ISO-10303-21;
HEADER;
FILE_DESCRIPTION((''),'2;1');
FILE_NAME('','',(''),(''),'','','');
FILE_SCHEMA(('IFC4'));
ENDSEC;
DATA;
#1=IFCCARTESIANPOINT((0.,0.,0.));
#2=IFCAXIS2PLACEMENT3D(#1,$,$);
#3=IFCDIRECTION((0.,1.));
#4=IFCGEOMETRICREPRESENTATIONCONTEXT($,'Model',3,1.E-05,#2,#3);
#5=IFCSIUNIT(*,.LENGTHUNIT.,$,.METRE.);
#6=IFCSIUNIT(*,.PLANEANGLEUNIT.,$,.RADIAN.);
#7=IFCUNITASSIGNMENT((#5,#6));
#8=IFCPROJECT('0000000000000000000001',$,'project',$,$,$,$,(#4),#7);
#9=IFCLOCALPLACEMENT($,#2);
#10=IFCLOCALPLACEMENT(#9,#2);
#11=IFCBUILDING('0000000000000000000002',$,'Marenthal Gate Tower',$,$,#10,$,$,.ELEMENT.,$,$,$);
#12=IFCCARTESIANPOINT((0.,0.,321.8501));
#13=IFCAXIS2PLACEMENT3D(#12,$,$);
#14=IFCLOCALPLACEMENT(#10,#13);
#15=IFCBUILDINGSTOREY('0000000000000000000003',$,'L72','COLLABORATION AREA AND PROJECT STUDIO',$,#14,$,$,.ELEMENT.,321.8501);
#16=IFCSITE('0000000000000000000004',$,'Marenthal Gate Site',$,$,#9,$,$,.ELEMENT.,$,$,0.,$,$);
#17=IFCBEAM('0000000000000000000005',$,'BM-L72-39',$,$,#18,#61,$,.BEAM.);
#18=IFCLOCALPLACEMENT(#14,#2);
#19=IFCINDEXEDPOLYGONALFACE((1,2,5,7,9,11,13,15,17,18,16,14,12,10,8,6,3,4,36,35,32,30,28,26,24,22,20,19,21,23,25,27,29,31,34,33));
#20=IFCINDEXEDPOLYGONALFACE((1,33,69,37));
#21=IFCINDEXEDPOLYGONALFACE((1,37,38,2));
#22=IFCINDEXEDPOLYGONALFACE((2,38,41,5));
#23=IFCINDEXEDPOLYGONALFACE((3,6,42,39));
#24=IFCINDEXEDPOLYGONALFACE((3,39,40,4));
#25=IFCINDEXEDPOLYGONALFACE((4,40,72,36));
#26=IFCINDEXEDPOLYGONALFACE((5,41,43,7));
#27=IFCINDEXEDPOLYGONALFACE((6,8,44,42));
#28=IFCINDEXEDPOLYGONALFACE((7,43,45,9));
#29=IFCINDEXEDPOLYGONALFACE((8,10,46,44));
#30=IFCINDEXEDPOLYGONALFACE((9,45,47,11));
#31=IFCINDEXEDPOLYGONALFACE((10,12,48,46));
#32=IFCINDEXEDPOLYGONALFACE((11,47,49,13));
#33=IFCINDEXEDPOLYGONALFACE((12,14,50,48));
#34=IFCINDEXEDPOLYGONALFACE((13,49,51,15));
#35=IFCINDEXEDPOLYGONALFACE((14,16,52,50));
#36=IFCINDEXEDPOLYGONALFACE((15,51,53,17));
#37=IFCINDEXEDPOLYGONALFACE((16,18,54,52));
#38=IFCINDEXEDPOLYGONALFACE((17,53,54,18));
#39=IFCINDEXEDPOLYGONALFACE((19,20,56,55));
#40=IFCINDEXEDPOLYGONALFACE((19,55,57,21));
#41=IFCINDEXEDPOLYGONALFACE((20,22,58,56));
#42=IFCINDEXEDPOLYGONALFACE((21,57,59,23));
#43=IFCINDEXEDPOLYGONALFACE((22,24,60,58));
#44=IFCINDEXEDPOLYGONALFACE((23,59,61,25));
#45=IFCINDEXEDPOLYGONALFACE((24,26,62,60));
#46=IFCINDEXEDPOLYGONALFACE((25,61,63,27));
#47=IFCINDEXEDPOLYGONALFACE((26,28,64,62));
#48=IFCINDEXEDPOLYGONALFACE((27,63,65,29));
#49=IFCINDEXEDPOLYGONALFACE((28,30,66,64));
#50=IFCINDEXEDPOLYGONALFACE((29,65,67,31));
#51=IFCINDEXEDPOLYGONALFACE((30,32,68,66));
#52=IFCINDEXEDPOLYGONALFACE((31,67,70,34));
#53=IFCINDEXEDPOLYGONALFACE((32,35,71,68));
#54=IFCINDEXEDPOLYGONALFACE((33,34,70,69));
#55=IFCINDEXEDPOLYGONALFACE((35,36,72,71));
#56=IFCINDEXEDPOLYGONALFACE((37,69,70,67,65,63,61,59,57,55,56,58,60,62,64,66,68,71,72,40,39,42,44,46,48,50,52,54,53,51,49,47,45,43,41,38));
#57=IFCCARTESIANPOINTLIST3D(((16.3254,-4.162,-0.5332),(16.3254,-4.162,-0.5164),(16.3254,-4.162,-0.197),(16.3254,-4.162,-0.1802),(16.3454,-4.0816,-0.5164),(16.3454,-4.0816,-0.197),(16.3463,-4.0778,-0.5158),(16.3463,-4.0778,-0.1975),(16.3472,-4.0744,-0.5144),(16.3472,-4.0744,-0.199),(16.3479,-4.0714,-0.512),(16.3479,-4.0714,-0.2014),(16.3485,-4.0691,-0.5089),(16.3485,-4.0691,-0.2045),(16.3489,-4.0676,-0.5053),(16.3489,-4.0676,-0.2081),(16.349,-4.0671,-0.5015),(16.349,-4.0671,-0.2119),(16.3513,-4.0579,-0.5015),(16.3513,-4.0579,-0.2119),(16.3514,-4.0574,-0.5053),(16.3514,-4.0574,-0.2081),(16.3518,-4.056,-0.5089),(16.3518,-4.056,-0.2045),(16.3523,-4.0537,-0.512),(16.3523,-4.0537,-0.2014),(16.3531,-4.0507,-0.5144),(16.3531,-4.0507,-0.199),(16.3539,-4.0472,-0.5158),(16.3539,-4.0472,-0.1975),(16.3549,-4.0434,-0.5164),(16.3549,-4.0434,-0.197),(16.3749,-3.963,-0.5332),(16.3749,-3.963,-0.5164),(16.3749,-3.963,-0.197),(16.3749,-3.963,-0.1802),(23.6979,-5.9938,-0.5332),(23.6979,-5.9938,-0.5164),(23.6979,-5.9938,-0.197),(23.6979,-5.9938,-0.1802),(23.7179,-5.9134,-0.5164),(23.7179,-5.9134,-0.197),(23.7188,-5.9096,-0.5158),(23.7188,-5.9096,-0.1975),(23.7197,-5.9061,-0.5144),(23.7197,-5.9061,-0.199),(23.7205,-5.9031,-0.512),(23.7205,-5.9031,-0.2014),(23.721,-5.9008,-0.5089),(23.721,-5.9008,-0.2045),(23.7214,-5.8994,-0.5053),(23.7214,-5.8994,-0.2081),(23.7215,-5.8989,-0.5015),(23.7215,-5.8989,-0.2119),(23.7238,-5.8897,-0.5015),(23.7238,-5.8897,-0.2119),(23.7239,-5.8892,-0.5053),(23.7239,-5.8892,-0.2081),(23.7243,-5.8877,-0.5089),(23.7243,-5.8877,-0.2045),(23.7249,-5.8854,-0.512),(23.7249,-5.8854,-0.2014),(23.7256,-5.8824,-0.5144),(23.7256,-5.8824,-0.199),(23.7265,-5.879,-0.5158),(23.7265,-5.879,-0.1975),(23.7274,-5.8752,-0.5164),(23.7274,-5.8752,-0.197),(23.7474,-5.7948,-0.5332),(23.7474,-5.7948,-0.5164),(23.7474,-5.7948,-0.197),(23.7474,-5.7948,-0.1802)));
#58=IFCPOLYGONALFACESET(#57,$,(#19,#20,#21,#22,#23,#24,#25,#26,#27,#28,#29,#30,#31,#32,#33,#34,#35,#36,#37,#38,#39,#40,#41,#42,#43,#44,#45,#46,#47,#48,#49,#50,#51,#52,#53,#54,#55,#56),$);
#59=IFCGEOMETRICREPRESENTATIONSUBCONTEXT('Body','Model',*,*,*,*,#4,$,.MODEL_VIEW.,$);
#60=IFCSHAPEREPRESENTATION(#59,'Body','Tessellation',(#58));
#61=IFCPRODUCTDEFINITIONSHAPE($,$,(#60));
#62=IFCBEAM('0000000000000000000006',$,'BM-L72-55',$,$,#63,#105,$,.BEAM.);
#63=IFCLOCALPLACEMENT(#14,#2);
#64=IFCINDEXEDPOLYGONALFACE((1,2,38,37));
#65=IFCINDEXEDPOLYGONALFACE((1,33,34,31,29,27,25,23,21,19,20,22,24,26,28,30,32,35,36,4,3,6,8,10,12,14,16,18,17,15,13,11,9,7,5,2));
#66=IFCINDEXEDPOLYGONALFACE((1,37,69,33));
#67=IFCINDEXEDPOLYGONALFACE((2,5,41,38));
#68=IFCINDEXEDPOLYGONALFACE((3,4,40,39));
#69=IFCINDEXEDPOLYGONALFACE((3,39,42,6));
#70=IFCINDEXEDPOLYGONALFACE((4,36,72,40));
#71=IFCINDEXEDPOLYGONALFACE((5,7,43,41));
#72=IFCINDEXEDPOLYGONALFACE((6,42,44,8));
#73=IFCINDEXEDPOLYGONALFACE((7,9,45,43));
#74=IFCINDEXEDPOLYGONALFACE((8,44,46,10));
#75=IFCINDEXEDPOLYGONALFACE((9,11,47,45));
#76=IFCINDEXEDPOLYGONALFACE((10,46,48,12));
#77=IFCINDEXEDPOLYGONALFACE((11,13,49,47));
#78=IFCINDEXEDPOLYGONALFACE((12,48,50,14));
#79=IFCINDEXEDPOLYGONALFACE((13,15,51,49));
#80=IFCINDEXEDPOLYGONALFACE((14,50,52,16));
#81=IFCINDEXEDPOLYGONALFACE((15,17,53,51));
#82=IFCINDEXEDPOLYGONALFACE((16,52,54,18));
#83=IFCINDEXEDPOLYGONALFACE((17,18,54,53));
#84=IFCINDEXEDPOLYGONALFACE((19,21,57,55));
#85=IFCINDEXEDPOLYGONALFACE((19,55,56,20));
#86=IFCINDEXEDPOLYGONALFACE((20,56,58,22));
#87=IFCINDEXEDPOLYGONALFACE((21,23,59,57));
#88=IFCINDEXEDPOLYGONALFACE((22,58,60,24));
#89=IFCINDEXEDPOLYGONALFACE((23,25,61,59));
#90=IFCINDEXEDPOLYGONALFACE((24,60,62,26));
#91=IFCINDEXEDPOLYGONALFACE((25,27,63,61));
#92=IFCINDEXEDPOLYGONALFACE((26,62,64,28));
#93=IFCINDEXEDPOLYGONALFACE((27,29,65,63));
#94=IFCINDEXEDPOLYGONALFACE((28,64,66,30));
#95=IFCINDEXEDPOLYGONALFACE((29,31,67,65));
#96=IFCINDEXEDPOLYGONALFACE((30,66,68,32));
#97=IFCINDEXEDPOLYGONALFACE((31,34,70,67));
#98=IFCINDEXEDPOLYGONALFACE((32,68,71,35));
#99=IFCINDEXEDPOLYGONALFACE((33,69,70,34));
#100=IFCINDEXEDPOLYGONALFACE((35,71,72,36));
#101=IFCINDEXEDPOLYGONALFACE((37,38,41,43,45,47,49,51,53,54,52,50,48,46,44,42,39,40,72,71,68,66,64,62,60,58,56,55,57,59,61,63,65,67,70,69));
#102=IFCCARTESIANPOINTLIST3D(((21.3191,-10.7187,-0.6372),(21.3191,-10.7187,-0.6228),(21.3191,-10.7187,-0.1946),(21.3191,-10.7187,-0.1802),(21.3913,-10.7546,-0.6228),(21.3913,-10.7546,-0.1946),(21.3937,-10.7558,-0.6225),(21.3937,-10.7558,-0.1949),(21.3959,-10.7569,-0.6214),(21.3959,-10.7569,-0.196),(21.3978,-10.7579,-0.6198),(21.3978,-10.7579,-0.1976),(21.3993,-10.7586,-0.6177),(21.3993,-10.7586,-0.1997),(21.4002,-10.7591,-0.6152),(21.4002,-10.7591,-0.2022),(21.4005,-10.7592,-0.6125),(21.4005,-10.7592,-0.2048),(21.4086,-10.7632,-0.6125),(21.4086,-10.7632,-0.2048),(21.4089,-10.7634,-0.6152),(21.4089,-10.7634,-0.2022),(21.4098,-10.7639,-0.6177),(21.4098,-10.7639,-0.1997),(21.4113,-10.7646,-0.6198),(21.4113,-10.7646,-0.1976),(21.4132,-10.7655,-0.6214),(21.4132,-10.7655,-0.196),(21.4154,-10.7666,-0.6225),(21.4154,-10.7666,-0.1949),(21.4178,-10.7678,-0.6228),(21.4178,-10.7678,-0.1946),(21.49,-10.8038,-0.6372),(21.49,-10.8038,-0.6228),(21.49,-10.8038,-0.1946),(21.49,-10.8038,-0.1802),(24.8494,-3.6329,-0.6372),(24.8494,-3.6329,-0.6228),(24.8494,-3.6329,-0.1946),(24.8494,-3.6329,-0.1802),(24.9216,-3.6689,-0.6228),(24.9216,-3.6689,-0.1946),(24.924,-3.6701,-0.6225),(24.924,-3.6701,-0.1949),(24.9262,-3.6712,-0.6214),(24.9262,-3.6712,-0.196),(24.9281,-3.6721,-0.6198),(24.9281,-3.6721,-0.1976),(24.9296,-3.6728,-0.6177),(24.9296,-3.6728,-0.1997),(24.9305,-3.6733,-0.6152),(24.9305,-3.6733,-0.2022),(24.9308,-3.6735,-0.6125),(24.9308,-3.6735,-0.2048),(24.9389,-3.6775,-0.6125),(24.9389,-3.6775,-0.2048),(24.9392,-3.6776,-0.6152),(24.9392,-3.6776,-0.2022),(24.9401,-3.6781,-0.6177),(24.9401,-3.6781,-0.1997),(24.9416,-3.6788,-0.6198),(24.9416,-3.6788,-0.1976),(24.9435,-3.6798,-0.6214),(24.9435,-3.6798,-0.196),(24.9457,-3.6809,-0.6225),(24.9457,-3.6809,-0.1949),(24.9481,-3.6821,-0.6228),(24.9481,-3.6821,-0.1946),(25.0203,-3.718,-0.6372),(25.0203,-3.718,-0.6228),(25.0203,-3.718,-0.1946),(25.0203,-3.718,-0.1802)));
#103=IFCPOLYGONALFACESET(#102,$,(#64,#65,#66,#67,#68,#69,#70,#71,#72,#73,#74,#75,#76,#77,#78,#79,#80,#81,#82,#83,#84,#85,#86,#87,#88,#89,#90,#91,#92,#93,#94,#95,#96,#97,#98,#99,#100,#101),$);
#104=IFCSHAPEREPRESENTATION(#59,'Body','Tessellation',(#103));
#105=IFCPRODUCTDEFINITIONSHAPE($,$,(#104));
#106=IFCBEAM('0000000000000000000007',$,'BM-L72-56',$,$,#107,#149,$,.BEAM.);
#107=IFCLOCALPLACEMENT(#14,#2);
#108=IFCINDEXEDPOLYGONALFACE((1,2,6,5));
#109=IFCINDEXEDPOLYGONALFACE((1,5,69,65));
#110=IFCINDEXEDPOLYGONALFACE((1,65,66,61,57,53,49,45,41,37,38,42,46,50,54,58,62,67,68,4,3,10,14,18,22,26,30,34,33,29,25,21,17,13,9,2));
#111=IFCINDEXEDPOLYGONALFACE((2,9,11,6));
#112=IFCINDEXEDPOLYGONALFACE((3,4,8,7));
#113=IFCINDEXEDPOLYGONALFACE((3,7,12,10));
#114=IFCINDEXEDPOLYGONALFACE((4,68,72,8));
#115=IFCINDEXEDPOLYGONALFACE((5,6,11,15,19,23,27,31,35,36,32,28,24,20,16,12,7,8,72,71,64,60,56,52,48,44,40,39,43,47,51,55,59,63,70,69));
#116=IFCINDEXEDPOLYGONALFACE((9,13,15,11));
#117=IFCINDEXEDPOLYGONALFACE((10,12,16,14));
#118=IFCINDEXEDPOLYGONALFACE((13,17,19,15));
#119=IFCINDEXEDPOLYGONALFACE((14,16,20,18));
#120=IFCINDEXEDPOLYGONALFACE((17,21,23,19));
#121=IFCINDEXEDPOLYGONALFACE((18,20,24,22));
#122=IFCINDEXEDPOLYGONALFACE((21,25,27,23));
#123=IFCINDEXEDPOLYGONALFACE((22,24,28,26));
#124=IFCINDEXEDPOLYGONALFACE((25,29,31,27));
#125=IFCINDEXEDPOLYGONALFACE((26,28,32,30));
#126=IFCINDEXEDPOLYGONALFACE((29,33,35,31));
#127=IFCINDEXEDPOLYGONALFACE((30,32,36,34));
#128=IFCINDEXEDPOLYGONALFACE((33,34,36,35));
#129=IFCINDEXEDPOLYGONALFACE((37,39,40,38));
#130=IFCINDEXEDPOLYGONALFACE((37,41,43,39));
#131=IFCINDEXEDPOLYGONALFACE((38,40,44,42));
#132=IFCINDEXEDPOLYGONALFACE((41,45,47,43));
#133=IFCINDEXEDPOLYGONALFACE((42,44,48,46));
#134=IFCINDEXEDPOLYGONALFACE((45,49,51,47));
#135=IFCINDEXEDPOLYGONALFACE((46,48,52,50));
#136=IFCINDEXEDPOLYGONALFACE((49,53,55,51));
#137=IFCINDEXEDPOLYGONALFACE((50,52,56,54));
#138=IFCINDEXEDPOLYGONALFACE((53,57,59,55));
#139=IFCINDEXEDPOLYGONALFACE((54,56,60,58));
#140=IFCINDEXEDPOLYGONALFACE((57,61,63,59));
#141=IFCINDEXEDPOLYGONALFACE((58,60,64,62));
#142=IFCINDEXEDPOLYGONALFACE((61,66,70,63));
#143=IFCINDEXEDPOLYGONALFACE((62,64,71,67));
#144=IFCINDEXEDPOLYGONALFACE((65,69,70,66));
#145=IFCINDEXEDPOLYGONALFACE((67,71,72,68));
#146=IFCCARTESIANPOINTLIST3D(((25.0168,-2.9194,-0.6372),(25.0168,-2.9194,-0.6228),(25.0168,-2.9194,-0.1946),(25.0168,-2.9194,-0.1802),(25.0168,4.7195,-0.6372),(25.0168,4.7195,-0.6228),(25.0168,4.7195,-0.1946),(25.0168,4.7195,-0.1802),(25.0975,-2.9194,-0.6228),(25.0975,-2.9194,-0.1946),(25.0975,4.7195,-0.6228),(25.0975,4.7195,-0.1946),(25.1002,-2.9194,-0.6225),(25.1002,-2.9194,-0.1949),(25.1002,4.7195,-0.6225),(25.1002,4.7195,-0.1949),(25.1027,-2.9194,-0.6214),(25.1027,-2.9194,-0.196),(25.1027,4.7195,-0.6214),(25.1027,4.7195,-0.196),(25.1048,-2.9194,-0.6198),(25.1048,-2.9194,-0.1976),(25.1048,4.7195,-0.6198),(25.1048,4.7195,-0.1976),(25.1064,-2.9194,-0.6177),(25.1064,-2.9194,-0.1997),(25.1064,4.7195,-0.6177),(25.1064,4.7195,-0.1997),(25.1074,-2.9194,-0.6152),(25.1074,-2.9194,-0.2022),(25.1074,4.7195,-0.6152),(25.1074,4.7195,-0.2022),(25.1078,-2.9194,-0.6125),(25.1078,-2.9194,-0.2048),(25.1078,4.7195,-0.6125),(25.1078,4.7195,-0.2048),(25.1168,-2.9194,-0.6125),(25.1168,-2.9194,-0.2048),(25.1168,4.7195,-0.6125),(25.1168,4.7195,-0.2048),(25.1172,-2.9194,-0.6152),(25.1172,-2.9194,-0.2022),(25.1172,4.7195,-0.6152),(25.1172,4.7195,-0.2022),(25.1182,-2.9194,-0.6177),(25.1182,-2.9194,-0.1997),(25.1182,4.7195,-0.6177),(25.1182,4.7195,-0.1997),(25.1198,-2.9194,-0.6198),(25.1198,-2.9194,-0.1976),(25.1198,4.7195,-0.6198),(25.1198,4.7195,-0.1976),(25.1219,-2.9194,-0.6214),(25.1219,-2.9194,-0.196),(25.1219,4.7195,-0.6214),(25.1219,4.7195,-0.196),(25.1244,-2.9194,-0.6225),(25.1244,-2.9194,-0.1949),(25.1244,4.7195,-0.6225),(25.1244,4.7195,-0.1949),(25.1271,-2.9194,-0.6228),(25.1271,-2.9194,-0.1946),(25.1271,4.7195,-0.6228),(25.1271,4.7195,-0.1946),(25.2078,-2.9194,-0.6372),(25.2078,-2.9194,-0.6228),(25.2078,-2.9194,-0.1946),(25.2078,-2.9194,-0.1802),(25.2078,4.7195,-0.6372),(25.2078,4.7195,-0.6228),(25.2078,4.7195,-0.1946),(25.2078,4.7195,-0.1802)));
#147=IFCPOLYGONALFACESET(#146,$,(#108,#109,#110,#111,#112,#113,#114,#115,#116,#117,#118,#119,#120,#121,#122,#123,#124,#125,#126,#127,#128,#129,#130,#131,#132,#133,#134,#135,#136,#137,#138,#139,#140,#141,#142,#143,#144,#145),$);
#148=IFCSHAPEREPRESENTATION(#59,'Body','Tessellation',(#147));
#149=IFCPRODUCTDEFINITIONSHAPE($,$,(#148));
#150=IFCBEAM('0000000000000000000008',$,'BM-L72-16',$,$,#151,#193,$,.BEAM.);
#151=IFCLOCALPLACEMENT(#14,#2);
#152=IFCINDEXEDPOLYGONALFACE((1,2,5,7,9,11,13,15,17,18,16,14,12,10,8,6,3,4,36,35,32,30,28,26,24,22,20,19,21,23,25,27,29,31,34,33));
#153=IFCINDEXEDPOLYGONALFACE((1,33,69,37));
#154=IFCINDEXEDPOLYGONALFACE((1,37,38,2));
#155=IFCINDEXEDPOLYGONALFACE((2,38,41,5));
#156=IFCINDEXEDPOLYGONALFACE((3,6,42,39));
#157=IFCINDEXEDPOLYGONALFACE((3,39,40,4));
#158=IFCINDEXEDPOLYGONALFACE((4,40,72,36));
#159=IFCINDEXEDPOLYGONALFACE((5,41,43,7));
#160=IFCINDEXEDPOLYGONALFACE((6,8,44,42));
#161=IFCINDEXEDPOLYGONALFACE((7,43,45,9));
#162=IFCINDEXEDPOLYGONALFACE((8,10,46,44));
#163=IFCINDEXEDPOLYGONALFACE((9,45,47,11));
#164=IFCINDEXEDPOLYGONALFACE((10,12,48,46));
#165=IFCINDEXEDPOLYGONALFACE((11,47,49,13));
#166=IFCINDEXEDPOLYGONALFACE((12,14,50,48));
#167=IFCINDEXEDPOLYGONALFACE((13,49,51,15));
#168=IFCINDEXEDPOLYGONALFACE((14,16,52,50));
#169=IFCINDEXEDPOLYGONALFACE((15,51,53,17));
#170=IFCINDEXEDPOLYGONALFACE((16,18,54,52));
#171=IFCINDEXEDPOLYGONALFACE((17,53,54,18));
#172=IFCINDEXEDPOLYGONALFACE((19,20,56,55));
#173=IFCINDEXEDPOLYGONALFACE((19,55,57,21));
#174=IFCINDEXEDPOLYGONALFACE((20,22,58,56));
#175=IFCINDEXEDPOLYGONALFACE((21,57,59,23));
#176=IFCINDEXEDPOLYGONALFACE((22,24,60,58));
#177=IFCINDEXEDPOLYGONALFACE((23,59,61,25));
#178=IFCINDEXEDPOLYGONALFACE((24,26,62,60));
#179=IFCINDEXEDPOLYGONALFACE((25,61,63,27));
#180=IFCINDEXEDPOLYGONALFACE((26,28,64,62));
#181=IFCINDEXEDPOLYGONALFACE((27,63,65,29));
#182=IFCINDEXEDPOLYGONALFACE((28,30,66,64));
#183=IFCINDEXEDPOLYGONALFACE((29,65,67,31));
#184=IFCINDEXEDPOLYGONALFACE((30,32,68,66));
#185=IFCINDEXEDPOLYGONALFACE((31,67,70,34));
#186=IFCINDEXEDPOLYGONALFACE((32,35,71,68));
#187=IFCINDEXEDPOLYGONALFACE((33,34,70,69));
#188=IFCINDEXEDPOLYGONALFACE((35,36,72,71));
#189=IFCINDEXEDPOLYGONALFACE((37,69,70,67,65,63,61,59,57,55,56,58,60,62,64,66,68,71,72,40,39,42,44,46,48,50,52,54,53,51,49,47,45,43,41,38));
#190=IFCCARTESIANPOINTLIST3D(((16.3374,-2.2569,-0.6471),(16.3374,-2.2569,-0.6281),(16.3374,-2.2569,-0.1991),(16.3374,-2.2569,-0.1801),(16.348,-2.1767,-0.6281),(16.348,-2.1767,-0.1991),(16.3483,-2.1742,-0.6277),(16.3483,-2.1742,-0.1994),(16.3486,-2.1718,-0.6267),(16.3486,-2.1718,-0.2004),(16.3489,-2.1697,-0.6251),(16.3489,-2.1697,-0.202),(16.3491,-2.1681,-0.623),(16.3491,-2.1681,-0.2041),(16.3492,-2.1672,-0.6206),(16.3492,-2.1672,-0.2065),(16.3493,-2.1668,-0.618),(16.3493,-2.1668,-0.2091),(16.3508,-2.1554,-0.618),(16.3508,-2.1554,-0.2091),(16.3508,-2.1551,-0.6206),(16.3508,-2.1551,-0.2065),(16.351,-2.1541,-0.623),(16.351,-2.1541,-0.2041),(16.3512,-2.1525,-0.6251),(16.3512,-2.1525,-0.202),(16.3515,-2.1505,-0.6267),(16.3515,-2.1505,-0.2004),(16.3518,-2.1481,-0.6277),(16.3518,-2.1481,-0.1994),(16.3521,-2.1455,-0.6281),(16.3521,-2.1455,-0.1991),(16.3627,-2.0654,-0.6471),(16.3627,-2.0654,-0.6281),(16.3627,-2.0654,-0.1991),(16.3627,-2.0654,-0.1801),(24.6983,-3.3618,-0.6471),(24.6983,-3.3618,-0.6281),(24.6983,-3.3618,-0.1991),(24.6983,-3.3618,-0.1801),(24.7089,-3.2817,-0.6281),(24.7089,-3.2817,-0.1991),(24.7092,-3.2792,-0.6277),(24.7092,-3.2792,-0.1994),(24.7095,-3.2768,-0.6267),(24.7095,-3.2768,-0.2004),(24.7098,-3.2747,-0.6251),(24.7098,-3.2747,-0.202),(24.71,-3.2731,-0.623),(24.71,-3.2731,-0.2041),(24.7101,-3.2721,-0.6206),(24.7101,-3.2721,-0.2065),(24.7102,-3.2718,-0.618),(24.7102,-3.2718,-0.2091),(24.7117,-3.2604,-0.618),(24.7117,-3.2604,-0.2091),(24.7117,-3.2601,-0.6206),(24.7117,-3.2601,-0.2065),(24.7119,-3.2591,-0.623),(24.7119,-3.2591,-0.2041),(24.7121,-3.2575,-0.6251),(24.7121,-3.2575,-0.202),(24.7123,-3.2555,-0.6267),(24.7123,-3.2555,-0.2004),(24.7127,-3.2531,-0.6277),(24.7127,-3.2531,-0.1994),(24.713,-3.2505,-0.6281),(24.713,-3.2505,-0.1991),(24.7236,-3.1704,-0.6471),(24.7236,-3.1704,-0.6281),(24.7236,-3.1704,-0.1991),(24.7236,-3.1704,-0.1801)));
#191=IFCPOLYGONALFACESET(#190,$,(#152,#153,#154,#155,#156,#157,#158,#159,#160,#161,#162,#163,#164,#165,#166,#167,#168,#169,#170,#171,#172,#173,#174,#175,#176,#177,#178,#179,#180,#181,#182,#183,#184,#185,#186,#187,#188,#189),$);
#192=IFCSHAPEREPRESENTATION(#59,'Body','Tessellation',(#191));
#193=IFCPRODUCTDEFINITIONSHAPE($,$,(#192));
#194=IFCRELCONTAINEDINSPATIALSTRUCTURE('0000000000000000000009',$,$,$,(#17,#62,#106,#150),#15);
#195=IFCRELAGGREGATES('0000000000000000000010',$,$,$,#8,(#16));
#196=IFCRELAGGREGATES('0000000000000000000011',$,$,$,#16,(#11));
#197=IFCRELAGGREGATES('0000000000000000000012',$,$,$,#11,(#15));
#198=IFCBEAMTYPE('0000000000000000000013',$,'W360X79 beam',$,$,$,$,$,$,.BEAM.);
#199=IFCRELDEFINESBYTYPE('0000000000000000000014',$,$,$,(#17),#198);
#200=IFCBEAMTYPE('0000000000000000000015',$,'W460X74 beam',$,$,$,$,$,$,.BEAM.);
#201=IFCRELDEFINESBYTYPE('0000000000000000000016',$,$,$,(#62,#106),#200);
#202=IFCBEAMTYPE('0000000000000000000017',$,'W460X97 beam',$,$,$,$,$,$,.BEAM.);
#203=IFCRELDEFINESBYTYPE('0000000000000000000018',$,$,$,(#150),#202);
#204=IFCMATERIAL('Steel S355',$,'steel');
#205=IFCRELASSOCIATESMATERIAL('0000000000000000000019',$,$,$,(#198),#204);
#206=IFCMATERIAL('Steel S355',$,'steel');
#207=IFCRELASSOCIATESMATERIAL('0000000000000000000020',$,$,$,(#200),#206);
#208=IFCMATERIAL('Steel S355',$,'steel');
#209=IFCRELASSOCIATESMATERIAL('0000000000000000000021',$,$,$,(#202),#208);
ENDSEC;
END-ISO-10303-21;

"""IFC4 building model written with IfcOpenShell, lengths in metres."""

from ifc_helpers import new_model, si_unit, direction, frame, origin, origin_2d, place, context, subcontext, project, spatial, i_section, extrude, material, material_profile, profile_set, type_object, element, save


model = new_model("IFC4")

# Units and contexts
model_context = context("Model", 3, precision=1e-05, world=origin(), true_north=direction((0.0, 1.0)))
body_context = subcontext(model_context, "Body", "Model", "MODEL_VIEW")
ifc_project = project(units=[si_unit("LENGTHUNIT", "METRE"), si_unit("PLANEANGLEUNIT", "RADIAN")], contexts=[model_context])

# Site, building, storey
site_placement = place(None, origin())
site = spatial("IfcSite", under=ifc_project, at=site_placement, Name="Marenthal Gate Site", CompositionType="ELEMENT", RefElevation=0.0)
building_placement = place(site_placement, origin())
building = spatial("IfcBuilding", under=site, at=building_placement, Name="Marenthal Gate Tower", CompositionType="ELEMENT")
storey_placement = place(building_placement, frame((0.0, 0.0, 321.8501)))
storey = spatial("IfcBuildingStorey", under=building, at=storey_placement, Name="L72", Description="COLLABORATION AREA AND PROJECT STUDIO", CompositionType="ELEMENT", Elevation=321.8501)

# Beams
ifc_material_1 = material(Name="Steel S355", Category="steel")
ifc_material_profile_1 = material_profile(ifc_material_1, i_section(OverallWidth=0.2051, OverallDepth=0.353, WebThickness=0.0095, FlangeThickness=0.0168, FilletRadius=0.0149, at=origin_2d()), Name="W360X79")
ifc_profile_set_1 = profile_set([ifc_material_profile_1], Name="Steel S355")
beam_type_1 = type_object("IfcBeamType", Name="W360X79 beam", PredefinedType="BEAM", material=ifc_profile_set_1)
beam_1_placement = place(storey_placement, frame((23.7227, -5.8943, -0.3567), z_axis=(-0.970493, 0.241129, 0.0), x_axis=(-0.241129, -0.970493, 0.0)))
element("IfcBeam", 1, at=beam_1_placement, inside=storey, type_object=beam_type_1, Name="BM-L72-39", PredefinedType="BEAM", context=body_context, shape_type="SweptSolid", body=[
    extrude(i_section(OverallWidth=0.2051, OverallDepth=0.353, WebThickness=0.0095, FlangeThickness=0.0168, FilletRadius=0.0149, at=origin_2d()), origin(), (0.0, 0.0, 1.0), 7.5967),
])
ifc_material_2 = material(Name="Steel S355", Category="steel")
ifc_material_profile_2 = material_profile(ifc_material_2, i_section(OverallWidth=0.1909, OverallDepth=0.457, WebThickness=0.009, FlangeThickness=0.0144, FilletRadius=0.0103, at=origin_2d()), Name="W460X74")
ifc_profile_set_2 = profile_set([ifc_material_profile_2], Name="Steel S355")
beam_type_2 = type_object("IfcBeamType", Name="W460X74 beam", PredefinedType="BEAM", material=ifc_profile_set_2)
beam_2_placement = place(storey_placement, frame((21.4045, -10.7612, -0.4087), z_axis=(0.445943, 0.895062, 0.0), x_axis=(-0.895062, 0.445943, 0.0)))
element("IfcBeam", 2, at=beam_2_placement, inside=storey, type_object=beam_type_2, Name="BM-L72-55", PredefinedType="BEAM", context=body_context, shape_type="SweptSolid", body=[
    extrude(i_section(OverallWidth=0.1909, OverallDepth=0.457, WebThickness=0.009, FlangeThickness=0.0144, FilletRadius=0.0103, at=origin_2d()), origin(), (0.0, 0.0, 1.0), 7.9165),
])
beam_3_placement = place(storey_placement, frame((25.1123, -2.9194, -0.4087), z_axis=(0.0, 1.0, 0.0), x_axis=(-1.0, 0.0, 0.0)))
element("IfcBeam", 3, at=beam_3_placement, inside=storey, type_object=beam_type_2, Name="BM-L72-56", PredefinedType="BEAM", context=body_context, shape_type="SweptSolid", body=[
    extrude(i_section(OverallWidth=0.1909, OverallDepth=0.457, WebThickness=0.009, FlangeThickness=0.0144, FilletRadius=0.0103, at=origin_2d()), origin(), (0.0, 0.0, 1.0), 7.6389),
])
ifc_material_3 = material(Name="Steel S355", Category="steel")
ifc_material_profile_3 = material_profile(ifc_material_3, i_section(OverallWidth=0.1931, OverallDepth=0.467, WebThickness=0.0115, FlangeThickness=0.019, FilletRadius=0.01, at=origin_2d()), Name="W460X97")
ifc_profile_set_3 = profile_set([ifc_material_profile_3], Name="Steel S355")
beam_type_3 = type_object("IfcBeamType", Name="W460X97 beam", PredefinedType="BEAM", material=ifc_profile_set_3)
beam_4_placement = place(storey_placement, frame((24.7109, -3.2661, -0.4136), z_axis=(-0.991379, 0.131022, 0.0), x_axis=(-0.131022, -0.991379, 0.0)))
element("IfcBeam", 4, at=beam_4_placement, inside=storey, type_object=beam_type_3, Name="BM-L72-16", PredefinedType="BEAM", context=body_context, shape_type="SweptSolid", body=[
    extrude(i_section(OverallWidth=0.1931, OverallDepth=0.467, WebThickness=0.0115, FlangeThickness=0.019, FilletRadius=0.01, at=origin_2d()), origin(), (0.0, 0.0, 1.0), 8.4336),
])

save(model, "model.ifc")
